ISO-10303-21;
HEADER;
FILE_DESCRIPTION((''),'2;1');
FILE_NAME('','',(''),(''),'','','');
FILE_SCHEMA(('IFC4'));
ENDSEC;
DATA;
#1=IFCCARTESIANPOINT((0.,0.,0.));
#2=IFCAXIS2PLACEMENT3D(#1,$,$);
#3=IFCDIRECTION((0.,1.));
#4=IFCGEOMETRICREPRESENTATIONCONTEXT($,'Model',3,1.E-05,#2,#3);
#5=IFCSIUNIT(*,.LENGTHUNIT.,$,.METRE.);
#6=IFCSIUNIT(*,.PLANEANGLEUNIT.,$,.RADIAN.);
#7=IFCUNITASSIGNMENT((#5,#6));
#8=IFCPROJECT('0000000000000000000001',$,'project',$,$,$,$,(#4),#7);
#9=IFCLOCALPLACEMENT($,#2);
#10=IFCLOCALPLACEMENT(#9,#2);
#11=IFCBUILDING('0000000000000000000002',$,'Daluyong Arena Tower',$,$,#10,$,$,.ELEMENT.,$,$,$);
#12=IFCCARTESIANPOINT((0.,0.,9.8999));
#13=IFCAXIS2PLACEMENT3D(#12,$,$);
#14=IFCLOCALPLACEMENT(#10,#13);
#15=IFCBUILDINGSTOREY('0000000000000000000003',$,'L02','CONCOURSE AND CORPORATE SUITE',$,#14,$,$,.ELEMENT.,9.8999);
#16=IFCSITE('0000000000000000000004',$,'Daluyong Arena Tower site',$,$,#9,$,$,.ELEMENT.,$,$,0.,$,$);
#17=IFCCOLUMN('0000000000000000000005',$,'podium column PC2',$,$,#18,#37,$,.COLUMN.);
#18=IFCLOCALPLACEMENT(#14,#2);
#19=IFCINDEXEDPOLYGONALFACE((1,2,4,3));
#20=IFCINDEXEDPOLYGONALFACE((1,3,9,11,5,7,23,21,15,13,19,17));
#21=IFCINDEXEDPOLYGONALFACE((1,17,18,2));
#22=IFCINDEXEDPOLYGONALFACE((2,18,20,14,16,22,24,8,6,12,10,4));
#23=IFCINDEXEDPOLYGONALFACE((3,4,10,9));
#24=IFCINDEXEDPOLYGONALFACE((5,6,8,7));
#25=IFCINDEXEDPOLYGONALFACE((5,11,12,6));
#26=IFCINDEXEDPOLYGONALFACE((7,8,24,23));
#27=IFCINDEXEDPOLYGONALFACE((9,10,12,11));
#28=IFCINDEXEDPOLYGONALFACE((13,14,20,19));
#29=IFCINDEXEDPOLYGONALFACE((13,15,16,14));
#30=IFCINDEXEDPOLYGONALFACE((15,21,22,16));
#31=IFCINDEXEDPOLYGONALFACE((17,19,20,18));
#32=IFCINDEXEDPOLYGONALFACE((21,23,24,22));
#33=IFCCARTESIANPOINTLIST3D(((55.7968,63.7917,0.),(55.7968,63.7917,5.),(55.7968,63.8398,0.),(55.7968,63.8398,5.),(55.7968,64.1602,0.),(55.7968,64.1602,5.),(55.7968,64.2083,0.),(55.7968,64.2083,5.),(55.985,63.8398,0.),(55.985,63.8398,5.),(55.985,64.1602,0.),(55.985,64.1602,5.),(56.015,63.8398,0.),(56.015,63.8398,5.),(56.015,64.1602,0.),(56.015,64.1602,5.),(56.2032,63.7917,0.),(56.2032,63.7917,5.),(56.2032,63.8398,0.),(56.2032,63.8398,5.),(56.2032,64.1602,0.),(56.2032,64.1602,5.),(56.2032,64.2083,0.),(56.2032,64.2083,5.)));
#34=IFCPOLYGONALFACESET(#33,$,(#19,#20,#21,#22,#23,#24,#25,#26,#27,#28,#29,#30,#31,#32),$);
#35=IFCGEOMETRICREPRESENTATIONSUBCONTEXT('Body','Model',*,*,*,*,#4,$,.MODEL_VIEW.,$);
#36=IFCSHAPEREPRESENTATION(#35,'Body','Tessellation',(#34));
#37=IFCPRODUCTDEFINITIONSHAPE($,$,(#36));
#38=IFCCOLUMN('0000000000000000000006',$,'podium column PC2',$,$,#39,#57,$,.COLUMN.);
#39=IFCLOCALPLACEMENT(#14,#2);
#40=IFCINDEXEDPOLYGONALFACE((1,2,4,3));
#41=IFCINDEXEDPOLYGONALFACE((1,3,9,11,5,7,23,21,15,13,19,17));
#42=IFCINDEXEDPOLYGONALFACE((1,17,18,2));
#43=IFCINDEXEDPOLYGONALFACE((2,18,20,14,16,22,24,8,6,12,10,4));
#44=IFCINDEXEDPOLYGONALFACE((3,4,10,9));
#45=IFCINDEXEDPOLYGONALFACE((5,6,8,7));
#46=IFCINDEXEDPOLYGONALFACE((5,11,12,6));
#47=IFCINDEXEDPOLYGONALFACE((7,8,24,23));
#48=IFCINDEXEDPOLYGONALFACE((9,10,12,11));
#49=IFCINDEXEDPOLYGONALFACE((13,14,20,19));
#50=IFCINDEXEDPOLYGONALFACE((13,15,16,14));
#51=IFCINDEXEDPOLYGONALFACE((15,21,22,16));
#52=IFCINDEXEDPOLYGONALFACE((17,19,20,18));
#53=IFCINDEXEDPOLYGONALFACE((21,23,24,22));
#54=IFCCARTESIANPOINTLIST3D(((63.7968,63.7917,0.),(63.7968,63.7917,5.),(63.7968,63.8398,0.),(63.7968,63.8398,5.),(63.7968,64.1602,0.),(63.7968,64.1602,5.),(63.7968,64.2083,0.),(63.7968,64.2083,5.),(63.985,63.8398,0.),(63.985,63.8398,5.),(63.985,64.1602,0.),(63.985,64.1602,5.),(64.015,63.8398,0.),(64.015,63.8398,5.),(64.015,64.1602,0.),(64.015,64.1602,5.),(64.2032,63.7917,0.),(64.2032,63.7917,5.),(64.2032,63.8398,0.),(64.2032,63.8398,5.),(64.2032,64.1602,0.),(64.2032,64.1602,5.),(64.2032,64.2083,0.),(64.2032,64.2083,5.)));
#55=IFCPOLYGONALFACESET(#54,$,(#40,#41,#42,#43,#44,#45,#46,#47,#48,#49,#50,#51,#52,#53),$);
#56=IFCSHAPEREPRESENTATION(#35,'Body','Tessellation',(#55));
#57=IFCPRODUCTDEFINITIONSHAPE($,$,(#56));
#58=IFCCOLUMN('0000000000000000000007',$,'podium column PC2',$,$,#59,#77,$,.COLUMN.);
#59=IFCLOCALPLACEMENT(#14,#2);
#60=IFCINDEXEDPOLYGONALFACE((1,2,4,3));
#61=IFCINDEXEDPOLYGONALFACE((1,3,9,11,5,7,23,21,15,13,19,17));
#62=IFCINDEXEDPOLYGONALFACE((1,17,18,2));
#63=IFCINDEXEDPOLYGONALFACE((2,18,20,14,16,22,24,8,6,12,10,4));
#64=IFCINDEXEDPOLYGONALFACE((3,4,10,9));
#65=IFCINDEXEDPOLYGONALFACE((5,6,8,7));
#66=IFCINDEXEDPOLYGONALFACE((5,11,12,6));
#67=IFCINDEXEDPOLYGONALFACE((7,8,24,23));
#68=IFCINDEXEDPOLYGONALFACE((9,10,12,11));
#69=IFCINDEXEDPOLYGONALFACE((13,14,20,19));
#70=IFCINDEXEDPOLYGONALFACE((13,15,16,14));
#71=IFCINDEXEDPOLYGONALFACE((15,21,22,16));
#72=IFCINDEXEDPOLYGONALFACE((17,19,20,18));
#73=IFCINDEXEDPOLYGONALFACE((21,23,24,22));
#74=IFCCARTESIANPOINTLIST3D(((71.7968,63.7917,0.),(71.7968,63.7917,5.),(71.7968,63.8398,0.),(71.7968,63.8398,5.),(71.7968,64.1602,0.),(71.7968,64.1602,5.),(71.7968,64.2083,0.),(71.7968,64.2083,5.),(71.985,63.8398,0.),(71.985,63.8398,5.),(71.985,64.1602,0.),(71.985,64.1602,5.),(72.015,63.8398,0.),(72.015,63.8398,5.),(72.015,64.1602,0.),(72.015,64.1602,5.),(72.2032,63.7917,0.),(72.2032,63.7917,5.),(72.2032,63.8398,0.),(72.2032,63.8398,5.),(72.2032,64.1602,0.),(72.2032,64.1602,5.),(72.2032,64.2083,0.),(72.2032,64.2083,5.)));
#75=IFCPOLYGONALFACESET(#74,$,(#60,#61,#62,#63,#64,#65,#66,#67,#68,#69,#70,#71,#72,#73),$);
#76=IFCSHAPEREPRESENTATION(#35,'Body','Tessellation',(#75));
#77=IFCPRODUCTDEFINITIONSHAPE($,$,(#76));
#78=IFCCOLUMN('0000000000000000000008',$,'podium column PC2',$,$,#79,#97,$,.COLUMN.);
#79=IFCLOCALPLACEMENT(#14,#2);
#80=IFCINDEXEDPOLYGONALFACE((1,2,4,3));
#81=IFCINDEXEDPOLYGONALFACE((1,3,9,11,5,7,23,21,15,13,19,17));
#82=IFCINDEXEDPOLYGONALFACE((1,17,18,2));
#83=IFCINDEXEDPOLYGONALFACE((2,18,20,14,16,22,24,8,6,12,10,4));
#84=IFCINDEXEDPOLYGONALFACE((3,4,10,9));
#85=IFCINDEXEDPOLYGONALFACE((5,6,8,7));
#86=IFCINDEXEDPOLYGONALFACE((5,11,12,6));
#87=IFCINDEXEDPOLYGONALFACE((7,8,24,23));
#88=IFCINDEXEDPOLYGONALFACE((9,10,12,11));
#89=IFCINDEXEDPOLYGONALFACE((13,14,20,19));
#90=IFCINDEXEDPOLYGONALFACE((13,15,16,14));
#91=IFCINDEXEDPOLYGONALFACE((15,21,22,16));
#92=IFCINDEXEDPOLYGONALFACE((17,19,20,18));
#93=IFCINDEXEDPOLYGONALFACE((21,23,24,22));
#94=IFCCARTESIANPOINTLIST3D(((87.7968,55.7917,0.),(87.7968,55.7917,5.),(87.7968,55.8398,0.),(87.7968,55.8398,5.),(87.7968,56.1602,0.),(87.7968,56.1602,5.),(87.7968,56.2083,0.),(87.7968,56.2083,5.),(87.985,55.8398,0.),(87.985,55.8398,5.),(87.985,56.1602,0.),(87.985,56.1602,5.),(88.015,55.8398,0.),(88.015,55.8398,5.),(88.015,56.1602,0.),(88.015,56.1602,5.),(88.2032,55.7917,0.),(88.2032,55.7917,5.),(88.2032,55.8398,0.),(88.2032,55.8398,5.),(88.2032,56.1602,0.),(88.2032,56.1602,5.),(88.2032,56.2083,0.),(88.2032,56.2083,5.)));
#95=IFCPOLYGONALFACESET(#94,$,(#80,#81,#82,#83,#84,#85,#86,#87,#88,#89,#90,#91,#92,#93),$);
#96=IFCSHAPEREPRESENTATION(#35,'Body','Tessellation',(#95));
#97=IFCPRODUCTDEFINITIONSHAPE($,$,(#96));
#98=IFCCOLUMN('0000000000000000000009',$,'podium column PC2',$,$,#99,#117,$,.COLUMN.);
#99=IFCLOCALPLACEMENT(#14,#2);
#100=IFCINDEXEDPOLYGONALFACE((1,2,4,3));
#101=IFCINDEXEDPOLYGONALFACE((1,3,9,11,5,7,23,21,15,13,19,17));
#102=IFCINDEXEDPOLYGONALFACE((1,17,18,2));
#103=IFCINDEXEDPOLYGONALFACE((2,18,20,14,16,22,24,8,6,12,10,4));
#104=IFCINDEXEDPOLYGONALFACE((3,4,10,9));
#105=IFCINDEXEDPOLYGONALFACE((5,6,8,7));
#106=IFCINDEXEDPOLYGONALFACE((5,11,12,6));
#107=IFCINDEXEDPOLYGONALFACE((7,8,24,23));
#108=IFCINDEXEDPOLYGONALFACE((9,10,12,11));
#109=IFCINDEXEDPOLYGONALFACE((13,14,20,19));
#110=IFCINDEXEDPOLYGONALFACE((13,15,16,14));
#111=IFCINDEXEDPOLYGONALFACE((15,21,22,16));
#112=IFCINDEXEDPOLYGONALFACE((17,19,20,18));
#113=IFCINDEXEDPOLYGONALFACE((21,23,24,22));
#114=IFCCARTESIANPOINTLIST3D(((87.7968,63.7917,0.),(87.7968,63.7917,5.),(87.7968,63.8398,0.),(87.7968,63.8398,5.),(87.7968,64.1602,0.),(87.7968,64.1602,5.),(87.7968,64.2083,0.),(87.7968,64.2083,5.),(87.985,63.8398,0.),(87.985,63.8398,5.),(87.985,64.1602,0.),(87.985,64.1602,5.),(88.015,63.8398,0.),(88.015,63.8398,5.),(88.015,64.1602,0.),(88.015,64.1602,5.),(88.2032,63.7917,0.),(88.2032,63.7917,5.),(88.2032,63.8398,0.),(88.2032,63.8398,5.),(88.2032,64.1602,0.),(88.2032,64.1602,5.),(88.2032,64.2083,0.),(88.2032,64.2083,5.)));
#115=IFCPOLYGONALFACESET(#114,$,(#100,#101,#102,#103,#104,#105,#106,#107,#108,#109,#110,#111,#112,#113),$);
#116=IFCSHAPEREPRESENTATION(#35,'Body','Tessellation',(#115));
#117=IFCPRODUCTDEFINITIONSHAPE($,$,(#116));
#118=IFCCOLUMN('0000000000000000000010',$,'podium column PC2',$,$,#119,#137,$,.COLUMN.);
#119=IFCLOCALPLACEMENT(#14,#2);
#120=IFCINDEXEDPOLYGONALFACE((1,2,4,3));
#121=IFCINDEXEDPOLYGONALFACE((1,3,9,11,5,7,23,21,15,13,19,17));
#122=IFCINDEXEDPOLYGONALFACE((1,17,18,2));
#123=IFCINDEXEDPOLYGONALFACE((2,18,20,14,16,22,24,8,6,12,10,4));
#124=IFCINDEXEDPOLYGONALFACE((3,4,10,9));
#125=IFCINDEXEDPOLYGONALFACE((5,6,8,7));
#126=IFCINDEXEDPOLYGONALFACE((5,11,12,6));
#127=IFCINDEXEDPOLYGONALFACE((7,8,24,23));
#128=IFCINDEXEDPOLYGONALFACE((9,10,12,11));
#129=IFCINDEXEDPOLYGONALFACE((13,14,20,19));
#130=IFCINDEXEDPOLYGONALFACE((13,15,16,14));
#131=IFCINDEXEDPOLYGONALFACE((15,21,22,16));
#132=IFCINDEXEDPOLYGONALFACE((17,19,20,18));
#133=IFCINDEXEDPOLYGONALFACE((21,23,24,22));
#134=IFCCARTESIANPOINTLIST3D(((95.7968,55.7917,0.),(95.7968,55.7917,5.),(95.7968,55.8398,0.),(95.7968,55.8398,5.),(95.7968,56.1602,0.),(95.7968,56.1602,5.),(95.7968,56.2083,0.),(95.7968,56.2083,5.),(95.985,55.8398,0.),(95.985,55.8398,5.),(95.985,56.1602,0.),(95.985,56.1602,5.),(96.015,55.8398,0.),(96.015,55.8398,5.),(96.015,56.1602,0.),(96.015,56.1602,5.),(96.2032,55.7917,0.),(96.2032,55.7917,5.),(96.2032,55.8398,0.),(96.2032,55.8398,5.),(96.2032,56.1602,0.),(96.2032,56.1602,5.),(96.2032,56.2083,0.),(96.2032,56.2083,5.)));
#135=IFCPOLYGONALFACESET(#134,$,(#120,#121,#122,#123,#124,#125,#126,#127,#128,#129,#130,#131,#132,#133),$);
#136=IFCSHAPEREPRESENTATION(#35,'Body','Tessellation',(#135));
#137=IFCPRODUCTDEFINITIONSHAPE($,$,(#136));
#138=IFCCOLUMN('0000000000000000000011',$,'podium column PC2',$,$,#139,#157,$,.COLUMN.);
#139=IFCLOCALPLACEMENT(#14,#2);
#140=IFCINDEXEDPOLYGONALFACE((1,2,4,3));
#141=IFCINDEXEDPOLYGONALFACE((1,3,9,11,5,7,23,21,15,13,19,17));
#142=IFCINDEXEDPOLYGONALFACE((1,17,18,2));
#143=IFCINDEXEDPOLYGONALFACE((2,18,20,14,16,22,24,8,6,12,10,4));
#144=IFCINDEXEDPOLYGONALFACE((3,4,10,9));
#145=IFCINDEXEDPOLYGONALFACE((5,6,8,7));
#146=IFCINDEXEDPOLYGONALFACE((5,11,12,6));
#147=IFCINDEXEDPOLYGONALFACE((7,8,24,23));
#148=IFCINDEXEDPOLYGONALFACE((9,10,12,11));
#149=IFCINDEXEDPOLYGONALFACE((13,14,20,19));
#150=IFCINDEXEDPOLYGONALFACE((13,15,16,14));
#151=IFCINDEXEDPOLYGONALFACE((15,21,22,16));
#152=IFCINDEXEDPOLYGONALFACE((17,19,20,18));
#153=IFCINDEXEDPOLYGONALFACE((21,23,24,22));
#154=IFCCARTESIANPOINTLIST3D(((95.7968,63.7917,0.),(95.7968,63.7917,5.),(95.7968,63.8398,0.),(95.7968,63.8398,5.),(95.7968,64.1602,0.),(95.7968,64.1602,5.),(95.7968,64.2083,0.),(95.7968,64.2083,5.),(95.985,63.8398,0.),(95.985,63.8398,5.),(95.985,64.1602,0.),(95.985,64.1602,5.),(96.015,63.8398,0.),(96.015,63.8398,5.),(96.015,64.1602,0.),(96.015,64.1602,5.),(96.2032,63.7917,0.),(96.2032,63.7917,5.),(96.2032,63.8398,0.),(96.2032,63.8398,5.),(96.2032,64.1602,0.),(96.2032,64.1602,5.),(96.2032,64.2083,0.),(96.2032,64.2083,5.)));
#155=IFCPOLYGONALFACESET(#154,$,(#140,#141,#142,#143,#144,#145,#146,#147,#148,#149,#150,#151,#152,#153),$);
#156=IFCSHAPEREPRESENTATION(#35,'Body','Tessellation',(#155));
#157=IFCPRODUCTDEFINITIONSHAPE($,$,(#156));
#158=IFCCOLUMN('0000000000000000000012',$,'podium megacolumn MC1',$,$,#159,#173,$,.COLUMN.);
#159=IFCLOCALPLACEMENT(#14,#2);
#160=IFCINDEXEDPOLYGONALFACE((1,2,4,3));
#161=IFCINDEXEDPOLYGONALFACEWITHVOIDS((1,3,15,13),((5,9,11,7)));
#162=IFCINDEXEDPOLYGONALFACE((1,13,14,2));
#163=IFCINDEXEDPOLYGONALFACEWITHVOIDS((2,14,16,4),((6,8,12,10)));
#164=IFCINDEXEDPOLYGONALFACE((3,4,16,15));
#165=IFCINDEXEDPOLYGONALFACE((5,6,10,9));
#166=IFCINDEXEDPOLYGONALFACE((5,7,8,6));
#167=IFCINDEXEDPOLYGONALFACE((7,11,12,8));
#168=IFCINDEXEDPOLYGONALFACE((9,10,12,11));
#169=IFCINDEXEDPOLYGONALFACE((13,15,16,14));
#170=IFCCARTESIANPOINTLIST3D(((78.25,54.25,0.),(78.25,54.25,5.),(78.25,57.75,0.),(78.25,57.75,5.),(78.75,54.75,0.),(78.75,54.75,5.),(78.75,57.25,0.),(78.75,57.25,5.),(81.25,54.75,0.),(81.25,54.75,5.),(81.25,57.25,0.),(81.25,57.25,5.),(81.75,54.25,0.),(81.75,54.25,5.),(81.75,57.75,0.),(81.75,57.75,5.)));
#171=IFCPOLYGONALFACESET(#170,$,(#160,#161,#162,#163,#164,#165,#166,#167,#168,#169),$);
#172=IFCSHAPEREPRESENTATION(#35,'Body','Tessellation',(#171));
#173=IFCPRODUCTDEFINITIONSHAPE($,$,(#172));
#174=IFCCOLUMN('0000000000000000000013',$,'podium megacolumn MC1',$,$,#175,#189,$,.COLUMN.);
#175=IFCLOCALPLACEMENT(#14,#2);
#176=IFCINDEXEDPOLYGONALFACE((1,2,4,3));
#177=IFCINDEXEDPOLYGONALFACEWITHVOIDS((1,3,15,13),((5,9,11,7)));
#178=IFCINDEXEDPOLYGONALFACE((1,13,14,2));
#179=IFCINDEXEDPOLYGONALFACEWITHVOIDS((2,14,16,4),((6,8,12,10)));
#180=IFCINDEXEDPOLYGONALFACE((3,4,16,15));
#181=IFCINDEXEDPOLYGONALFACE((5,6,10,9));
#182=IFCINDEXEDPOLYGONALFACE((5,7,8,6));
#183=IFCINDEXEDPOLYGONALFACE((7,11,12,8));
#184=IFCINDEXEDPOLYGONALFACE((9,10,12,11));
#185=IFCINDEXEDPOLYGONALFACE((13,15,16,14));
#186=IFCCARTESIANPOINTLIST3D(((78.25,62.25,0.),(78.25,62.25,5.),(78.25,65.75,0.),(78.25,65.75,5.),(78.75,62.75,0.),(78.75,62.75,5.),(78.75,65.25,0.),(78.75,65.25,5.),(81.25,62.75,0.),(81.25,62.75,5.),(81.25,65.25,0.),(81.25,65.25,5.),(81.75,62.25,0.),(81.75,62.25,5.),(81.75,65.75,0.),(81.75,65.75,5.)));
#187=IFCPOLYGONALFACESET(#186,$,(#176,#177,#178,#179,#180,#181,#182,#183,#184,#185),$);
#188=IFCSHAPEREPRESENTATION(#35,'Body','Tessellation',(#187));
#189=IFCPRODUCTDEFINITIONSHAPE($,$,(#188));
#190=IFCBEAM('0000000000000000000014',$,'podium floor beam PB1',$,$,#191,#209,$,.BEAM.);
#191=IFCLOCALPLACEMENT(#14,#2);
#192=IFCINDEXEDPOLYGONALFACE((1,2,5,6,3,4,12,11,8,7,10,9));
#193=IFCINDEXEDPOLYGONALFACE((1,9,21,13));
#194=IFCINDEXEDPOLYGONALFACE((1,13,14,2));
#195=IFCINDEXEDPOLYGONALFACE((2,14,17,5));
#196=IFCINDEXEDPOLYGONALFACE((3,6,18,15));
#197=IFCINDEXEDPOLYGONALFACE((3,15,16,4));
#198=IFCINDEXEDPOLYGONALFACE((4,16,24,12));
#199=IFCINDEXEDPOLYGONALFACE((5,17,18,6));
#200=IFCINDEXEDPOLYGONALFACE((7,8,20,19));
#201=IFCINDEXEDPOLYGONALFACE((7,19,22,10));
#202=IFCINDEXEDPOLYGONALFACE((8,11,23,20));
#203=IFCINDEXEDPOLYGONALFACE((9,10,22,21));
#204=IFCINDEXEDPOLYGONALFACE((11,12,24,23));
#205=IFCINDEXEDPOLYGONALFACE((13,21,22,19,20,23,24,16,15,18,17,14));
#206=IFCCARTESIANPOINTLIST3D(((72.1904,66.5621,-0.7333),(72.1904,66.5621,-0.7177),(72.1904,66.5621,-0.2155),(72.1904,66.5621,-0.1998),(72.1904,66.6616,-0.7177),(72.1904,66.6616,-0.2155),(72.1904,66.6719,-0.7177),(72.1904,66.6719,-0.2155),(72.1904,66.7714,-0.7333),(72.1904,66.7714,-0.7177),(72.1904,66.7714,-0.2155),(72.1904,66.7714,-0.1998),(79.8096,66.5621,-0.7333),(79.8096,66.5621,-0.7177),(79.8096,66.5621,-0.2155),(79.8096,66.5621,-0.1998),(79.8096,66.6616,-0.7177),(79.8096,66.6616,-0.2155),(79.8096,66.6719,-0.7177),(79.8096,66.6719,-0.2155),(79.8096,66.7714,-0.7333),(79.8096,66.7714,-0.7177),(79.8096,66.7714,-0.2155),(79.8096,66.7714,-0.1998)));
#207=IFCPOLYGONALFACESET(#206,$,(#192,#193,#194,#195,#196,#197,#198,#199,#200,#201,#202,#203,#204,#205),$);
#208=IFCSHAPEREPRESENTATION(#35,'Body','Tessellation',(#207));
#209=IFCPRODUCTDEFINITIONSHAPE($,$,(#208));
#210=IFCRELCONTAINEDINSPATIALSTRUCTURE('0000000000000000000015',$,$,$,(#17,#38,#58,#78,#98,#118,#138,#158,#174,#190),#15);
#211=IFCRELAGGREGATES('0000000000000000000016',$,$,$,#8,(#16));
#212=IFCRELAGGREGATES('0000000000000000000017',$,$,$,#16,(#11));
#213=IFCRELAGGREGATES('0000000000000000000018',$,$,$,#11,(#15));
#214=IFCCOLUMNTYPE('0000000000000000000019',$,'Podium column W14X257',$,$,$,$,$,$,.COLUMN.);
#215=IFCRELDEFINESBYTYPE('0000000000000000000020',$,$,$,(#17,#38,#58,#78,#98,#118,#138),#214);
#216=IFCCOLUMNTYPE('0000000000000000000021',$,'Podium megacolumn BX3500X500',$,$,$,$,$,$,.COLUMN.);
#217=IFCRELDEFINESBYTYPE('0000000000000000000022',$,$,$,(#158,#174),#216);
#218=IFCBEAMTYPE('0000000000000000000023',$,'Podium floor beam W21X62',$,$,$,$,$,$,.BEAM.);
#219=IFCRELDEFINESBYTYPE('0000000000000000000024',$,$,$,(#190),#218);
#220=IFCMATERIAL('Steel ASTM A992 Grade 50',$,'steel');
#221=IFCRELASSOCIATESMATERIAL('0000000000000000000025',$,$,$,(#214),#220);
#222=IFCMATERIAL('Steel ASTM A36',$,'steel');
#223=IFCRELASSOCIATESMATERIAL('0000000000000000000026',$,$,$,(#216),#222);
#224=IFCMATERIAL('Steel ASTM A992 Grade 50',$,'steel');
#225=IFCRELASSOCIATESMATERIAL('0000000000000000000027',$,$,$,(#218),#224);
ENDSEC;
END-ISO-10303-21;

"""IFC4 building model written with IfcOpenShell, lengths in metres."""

from ifc_helpers import new_model, si_unit, direction, frame, origin, origin_2d, place, context, subcontext, project, spatial, hollow_rectangle, i_section, extrude, material, material_profile, profile_set, type_object, element, save


model = new_model("IFC4")

# Units and contexts
model_context = context("Model", 3, precision=1e-05, world=origin(), true_north=direction((0.0, 1.0)))
body_context = subcontext(model_context, "Body", "Model", "MODEL_VIEW")
ifc_project = project(units=[si_unit("LENGTHUNIT", "METRE"), si_unit("PLANEANGLEUNIT", "RADIAN")], contexts=[model_context])

# Site, building, storey
site_placement = place(None, origin())
site = spatial("IfcSite", under=ifc_project, at=site_placement, Name="Daluyong Arena Tower site", CompositionType="ELEMENT", RefElevation=0.0)
building_placement = place(site_placement, origin())
building = spatial("IfcBuilding", under=site, at=building_placement, Name="Daluyong Arena Tower", CompositionType="ELEMENT")
storey_placement = place(building_placement, frame((0.0, 0.0, 9.8999)))
storey = spatial("IfcBuildingStorey", under=building, at=storey_placement, Name="L02", Description="CONCOURSE AND CORPORATE SUITE", CompositionType="ELEMENT", Elevation=9.8999)

# Columns
ifc_material_1 = material(Name="Steel ASTM A992 Grade 50", Category="steel")
ifc_material_profile_1 = material_profile(ifc_material_1, i_section(OverallWidth=0.4065, OverallDepth=0.4165, WebThickness=0.03, FlangeThickness=0.0481, at=origin_2d()))
ifc_profile_set_1 = profile_set([ifc_material_profile_1], Name="Steel ASTM A992 Grade 50")
column_type_1 = type_object("IfcColumnType", Name="Podium column W14X257", PredefinedType="COLUMN", material=ifc_profile_set_1)
for number, where, z_axis, x_axis, name in (
    (1, (56.0, 64.0, 0.0), (0.0, 0.0, 1.0), (1.0, 0.0, 0.0), "podium column PC2"),
    (2, (64.0, 64.0, 0.0), (0.0, 0.0, 1.0), (1.0, 0.0, 0.0), "podium column PC2"),
    (3, (72.0, 64.0, 0.0), (0.0, 0.0, 1.0), (1.0, 0.0, 0.0), "podium column PC2"),
    (4, (88.0, 56.0, 0.0), (0.0, 0.0, 1.0), (1.0, 0.0, 0.0), "podium column PC2"),
    (5, (88.0, 64.0, 0.0), (0.0, 0.0, 1.0), (1.0, 0.0, 0.0), "podium column PC2"),
    (6, (96.0, 56.0, 0.0), (0.0, 0.0, 1.0), (1.0, 0.0, 0.0), "podium column PC2"),
    (7, (96.0, 64.0, 0.0), (0.0, 0.0, 1.0), (1.0, 0.0, 0.0), "podium column PC2"),
):
    element("IfcColumn", number, at=place(storey_placement, frame(where, z_axis=z_axis, x_axis=x_axis)), inside=storey, type_object=column_type_1, Name=name, PredefinedType="COLUMN", context=body_context, shape_type="SweptSolid", body=[
        extrude(i_section(OverallWidth=0.4065, OverallDepth=0.4165, WebThickness=0.03, FlangeThickness=0.0481, at=origin_2d()), origin(), (0.0, 0.0, 1.0), 5.0),
    ])
ifc_material_2 = material(Name="Steel ASTM A36", Category="steel")
ifc_material_profile_2 = material_profile(ifc_material_2, hollow_rectangle(XDim=3.5, YDim=3.5, WallThickness=0.5, at=origin_2d()))
ifc_profile_set_2 = profile_set([ifc_material_profile_2], Name="Steel ASTM A36")
column_type_2 = type_object("IfcColumnType", Name="Podium megacolumn BX3500X500", PredefinedType="COLUMN", material=ifc_profile_set_2)
for number, where, z_axis, x_axis, name in (
    (8, (80.0, 56.0, 0.0), (0.0, 0.0, 1.0), (1.0, 0.0, 0.0), "podium megacolumn MC1"),
    (9, (80.0, 64.0, 0.0), (0.0, 0.0, 1.0), (1.0, 0.0, 0.0), "podium megacolumn MC1"),
):
    element("IfcColumn", number, at=place(storey_placement, frame(where, z_axis=z_axis, x_axis=x_axis)), inside=storey, type_object=column_type_2, Name=name, PredefinedType="COLUMN", context=body_context, shape_type="SweptSolid", body=[
        extrude(hollow_rectangle(XDim=3.5, YDim=3.5, WallThickness=0.5, at=origin_2d()), origin(), (0.0, 0.0, 1.0), 5.0),
    ])

# Beam
ifc_material_3 = material(Name="Steel ASTM A992 Grade 50", Category="steel")
ifc_material_profile_3 = material_profile(ifc_material_3, i_section(OverallWidth=0.2092, OverallDepth=0.5334, WebThickness=0.0103, FlangeThickness=0.0156, at=origin_2d()))
ifc_profile_set_3 = profile_set([ifc_material_profile_3], Name="Steel ASTM A992 Grade 50")
beam_type_1 = type_object("IfcBeamType", Name="Podium floor beam W21X62", PredefinedType="BEAM", material=ifc_profile_set_3)
for number, where, z_axis, x_axis, name in (
    (10, (72.1904, 66.6667, -0.4666), (1.0, 0.0, 0.0), (0.0, 1.0, 0.0), "podium floor beam PB1"),
):
    element("IfcBeam", number, at=place(storey_placement, frame(where, z_axis=z_axis, x_axis=x_axis)), inside=storey, type_object=beam_type_1, Name=name, PredefinedType="BEAM", context=body_context, shape_type="SweptSolid", body=[
        extrude(i_section(OverallWidth=0.2092, OverallDepth=0.5334, WebThickness=0.0103, FlangeThickness=0.0156, at=origin_2d()), origin(), (0.0, 0.0, 1.0), 7.6191),
    ])

save(model, "model.ifc")
